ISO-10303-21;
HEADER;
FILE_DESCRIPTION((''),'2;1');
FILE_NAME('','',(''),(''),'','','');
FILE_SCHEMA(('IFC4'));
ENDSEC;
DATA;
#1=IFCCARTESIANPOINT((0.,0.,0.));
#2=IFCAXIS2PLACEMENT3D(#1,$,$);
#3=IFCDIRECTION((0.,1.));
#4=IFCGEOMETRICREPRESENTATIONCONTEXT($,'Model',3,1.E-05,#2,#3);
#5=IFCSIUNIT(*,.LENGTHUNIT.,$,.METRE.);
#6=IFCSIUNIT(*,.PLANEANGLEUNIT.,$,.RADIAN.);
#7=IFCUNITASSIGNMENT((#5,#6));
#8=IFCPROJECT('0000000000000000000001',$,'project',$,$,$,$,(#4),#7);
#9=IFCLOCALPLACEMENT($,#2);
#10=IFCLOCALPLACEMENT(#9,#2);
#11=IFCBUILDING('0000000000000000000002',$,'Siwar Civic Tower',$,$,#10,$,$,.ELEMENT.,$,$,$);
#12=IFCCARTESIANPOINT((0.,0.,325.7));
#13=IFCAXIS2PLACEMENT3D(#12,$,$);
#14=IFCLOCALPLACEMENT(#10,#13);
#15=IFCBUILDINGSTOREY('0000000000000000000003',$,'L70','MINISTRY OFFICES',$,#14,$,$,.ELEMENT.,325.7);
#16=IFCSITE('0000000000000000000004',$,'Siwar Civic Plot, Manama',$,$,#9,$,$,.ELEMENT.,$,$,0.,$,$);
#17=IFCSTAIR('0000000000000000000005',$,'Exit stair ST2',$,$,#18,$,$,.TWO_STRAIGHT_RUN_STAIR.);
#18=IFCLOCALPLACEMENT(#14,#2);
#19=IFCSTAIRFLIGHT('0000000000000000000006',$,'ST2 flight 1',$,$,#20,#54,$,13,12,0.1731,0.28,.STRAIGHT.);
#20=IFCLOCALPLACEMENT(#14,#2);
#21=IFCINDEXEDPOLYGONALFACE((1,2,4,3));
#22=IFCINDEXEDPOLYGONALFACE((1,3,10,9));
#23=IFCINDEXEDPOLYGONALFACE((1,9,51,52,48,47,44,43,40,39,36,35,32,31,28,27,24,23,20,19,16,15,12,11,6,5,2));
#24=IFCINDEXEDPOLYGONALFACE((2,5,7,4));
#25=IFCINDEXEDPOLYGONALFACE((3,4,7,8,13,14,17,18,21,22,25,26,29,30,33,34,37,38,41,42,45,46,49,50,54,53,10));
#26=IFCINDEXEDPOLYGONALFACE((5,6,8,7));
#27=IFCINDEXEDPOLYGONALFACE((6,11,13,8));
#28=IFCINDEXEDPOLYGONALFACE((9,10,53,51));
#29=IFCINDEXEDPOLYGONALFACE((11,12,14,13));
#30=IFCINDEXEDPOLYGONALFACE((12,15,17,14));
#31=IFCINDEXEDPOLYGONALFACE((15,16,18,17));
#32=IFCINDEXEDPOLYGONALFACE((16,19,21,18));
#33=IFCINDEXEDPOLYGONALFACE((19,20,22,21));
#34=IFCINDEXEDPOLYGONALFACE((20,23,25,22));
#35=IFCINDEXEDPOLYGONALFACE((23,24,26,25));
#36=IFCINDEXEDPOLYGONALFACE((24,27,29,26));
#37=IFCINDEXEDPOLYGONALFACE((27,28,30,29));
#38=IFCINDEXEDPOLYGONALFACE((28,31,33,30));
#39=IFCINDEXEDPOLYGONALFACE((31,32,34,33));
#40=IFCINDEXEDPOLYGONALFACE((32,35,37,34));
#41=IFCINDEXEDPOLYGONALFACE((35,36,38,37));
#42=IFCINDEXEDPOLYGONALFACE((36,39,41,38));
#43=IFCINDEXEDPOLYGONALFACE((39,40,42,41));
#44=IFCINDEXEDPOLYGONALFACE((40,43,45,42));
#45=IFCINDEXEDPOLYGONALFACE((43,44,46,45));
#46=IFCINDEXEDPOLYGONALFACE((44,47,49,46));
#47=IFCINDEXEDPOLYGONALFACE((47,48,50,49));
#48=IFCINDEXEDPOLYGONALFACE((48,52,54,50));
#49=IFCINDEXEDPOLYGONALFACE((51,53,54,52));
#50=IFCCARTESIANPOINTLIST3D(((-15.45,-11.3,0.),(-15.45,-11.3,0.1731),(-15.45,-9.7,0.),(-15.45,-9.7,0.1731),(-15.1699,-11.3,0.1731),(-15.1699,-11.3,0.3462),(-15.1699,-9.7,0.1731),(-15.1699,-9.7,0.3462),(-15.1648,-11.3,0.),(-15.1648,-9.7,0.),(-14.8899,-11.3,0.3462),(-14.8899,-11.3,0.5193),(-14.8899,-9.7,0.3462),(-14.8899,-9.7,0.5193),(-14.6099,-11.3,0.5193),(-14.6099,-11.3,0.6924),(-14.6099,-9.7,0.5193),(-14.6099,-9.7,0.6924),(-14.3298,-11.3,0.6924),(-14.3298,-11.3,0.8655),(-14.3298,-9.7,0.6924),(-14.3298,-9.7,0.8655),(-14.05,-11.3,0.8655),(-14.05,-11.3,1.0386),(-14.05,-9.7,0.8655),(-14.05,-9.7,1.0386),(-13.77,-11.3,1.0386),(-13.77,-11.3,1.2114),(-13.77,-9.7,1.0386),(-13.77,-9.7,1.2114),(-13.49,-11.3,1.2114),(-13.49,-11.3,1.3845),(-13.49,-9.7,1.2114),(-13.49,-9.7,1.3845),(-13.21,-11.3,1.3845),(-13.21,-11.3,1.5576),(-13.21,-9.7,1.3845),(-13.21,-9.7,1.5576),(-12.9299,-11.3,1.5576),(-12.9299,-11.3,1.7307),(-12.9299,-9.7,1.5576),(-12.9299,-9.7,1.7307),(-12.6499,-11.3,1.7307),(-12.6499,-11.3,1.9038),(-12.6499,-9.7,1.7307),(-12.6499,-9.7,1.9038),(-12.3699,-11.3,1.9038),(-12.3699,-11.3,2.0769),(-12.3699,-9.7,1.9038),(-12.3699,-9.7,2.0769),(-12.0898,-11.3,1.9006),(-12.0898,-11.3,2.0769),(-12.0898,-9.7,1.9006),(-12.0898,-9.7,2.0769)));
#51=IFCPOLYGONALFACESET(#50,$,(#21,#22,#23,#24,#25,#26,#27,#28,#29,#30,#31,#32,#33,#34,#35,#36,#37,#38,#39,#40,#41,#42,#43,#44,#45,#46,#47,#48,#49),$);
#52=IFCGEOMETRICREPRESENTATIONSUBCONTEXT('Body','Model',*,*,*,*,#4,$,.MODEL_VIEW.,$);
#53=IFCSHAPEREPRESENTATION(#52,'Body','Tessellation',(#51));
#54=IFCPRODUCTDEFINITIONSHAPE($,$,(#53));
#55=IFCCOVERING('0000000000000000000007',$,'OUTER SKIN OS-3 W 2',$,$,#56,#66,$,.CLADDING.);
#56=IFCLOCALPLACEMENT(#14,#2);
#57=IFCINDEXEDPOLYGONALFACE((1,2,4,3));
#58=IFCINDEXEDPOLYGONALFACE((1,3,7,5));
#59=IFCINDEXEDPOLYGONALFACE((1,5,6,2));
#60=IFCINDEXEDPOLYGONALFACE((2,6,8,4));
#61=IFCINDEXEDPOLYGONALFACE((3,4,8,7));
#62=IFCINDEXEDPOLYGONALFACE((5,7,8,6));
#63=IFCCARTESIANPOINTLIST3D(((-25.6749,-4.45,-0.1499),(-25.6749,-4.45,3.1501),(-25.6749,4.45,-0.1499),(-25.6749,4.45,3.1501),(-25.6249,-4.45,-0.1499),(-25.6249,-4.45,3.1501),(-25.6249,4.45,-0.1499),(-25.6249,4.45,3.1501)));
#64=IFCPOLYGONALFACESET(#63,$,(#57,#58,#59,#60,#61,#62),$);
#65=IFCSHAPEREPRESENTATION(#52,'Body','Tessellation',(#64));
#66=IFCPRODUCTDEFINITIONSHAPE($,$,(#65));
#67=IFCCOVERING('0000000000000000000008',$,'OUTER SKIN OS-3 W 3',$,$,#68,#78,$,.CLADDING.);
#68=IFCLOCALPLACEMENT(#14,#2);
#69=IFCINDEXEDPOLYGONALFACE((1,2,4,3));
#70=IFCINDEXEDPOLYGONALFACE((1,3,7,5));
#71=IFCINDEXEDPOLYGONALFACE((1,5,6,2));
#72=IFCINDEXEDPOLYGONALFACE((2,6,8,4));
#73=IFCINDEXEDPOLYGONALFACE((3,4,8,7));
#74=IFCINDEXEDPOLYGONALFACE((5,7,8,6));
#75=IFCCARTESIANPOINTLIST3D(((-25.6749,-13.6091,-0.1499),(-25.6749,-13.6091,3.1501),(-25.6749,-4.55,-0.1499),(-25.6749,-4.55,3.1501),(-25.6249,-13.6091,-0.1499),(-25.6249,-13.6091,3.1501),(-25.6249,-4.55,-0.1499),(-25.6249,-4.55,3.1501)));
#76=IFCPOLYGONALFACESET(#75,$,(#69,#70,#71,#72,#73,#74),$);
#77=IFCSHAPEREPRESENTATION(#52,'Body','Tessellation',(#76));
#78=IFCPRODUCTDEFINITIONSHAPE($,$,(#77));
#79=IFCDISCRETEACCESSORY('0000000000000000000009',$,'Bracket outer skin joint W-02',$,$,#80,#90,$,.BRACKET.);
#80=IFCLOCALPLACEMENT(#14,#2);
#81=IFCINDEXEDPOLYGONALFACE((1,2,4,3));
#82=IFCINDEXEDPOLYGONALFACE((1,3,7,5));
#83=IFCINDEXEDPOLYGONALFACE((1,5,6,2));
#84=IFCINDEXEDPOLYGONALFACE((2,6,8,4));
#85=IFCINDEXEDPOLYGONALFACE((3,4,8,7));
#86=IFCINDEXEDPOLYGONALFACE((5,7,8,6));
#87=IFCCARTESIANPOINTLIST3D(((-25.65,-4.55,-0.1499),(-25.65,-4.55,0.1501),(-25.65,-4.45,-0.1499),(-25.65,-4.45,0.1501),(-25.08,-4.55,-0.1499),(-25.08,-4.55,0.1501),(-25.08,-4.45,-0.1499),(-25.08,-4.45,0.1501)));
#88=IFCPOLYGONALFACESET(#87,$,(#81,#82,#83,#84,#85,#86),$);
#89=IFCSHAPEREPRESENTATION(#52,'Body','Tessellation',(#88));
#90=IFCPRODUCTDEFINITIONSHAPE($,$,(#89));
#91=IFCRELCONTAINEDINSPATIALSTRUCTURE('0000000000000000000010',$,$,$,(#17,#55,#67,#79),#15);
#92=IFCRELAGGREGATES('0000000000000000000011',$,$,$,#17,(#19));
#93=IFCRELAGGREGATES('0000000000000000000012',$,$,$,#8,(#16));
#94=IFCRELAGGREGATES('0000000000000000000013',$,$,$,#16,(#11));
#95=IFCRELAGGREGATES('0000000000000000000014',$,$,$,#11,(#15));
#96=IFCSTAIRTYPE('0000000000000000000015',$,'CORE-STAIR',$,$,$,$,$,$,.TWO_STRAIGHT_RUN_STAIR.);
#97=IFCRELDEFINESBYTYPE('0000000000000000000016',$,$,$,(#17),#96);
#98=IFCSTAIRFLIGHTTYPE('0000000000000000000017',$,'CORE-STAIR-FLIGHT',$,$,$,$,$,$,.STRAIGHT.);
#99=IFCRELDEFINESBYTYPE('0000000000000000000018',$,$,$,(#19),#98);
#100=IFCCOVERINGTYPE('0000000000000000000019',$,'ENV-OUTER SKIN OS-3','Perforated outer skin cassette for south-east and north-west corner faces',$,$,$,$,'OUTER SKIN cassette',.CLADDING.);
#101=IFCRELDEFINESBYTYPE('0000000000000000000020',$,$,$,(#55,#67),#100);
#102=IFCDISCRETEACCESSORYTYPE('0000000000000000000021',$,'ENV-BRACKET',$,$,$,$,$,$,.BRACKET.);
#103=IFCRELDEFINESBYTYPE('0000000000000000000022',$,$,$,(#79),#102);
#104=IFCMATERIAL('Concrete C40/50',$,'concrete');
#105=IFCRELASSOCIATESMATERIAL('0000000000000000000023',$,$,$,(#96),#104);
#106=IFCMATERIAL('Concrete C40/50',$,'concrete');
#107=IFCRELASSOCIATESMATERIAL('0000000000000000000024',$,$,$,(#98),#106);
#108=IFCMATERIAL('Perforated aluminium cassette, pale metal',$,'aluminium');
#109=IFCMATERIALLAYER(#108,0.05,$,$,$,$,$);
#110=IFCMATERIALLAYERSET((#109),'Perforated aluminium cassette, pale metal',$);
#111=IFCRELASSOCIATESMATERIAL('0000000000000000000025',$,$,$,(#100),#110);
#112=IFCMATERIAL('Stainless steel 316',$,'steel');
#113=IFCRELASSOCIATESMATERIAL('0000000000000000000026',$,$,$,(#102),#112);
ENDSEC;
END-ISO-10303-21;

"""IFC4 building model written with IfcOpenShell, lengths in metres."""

from ifc_helpers import new_model, si_unit, direction, frame, origin, origin_2d, place, context, subcontext, project, spatial, polyline, rectangle, outline, extrude, material, layer, layer_set, type_object, element, aggregate, save


model = new_model("IFC4")

# Units and contexts
model_context = context("Model", 3, precision=1e-05, world=origin(), true_north=direction((0.0, 1.0)))
body_context = subcontext(model_context, "Body", "Model", "MODEL_VIEW")
ifc_project = project(units=[si_unit("LENGTHUNIT", "METRE"), si_unit("PLANEANGLEUNIT", "RADIAN")], contexts=[model_context])

# Site, building, storey
site_placement = place(None, origin())
site = spatial("IfcSite", under=ifc_project, at=site_placement, Name="Siwar Civic Plot, Manama", CompositionType="ELEMENT", RefElevation=0.0)
building_placement = place(site_placement, origin())
building = spatial("IfcBuilding", under=site, at=building_placement, Name="Siwar Civic Tower", CompositionType="ELEMENT")
storey_placement = place(building_placement, frame((0.0, 0.0, 325.7)))
storey = spatial("IfcBuildingStorey", under=building, at=storey_placement, Name="L70", Description="MINISTRY OFFICES", CompositionType="ELEMENT", Elevation=325.7)

# Stair, stair flight
ifc_material_1 = material(Name="Concrete C40/50", Category="concrete")
stair_type = type_object("IfcStairType", Name="CORE-STAIR", PredefinedType="TWO_STRAIGHT_RUN_STAIR", material=ifc_material_1)
stair_placement = place(storey_placement, origin())
stair = element("IfcStair", 1, at=stair_placement, inside=storey, type_object=stair_type, Name="Exit stair ST2", PredefinedType="TWO_STRAIGHT_RUN_STAIR")
ifc_material_2 = material(Name="Concrete C40/50", Category="concrete")
stair_flight_type = type_object("IfcStairFlightType", Name="CORE-STAIR-FLIGHT", PredefinedType="STRAIGHT", material=ifc_material_2)
stair_flight_placement = place(storey_placement, frame((-15.45, -10.5, 0.0), z_axis=(0.0, 0.0, 1.0), x_axis=(1.0, 0.0, 0.0)))
stair_flight = element("IfcStairFlight", 2, at=stair_flight_placement, type_object=stair_flight_type, Name="ST2 flight 1", NumberOfRisers=13, NumberOfTreads=12, PredefinedType="STRAIGHT", RiserHeight=0.1731, TreadLength=0.28, context=body_context, shape_type="SweptSolid", body=[
    extrude(outline(polyline([(0.0, 0.0), (0.0, 0.1731), (0.28, 0.1731), (0.28, 0.3462), (0.5601, 0.3462), (0.5601, 0.5193), (0.8401, 0.5193), (0.8401, 0.6924), (1.1201, 0.6924), (1.1201, 0.8655), (1.3999, 0.8655), (1.3999, 1.0386), (1.6799, 1.0386), (1.6799, 1.2114), (1.96, 1.2114), (1.96, 1.3845), (2.24, 1.3845), (2.24, 1.5576), (2.52, 1.5576), (2.52, 1.7307), (2.8, 1.7307), (2.8, 1.9038), (3.0801, 1.9038), (3.0801, 2.0769), (3.3601, 2.0769), (3.3601, 2.25), (3.3601, 1.9006), (0.2852, 0.0), (0.0, 0.0)])), frame((0.0, 0.8, 0.0), z_axis=(0.0, -1.0, 0.0), x_axis=(1.0, 0.0, 0.0)), (0.0, 0.0, 1.0), 1.6001),
])
aggregate(stair, [stair_flight])

# Coverings
ifc_material_3 = material(Name="Perforated aluminium cassette, pale metal", Category="aluminium")
ifc_layer_1 = layer(ifc_material_3, 0.05)
ifc_layer_set_1 = layer_set([ifc_layer_1], Name="Perforated aluminium cassette, pale metal")
covering_type = type_object("IfcCoveringType", Name="ENV-OUTER SKIN OS-3", Description="Perforated outer skin cassette for south-east and north-west corner faces", ElementType="OUTER SKIN cassette", PredefinedType="CLADDING", material=ifc_layer_set_1)
covering_1_placement = place(storey_placement, frame((-25.6499, 0.0, -0.1499), z_axis=(0.0, 0.0, 1.0), x_axis=(0.0, -1.0, 0.0)))
element("IfcCovering", 3, at=covering_1_placement, inside=storey, type_object=covering_type, Name="OUTER SKIN OS-3 W 2", PredefinedType="CLADDING", context=body_context, shape_type="SweptSolid", body=[
    extrude(rectangle(XDim=8.8999, YDim=0.05, at=origin_2d()), origin(), (0.0, 0.0, 1.0), 3.3),
])
covering_2_placement = place(storey_placement, frame((-25.6499, -9.0796, -0.1499), z_axis=(0.0, 0.0, 1.0), x_axis=(0.0, -1.0, 0.0)))
element("IfcCovering", 4, at=covering_2_placement, inside=storey, type_object=covering_type, Name="OUTER SKIN OS-3 W 3", PredefinedType="CLADDING", context=body_context, shape_type="SweptSolid", body=[
    extrude(rectangle(XDim=9.0591, YDim=0.05, at=origin_2d()), origin(), (0.0, 0.0, 1.0), 3.3),
])

# Discrete accessory
ifc_material_4 = material(Name="Stainless steel 316", Category="steel")
discrete_accessory_type = type_object("IfcDiscreteAccessoryType", Name="ENV-BRACKET", PredefinedType="BRACKET", material=ifc_material_4)
discrete_accessory_placement = place(storey_placement, frame((-25.365, -4.5, -0.1499), z_axis=(0.0, 0.0, 1.0), x_axis=(-1.0, 0.0, 0.0)))
element("IfcDiscreteAccessory", 5, at=discrete_accessory_placement, inside=storey, type_object=discrete_accessory_type, Name="Bracket outer skin joint W-02", PredefinedType="BRACKET", context=body_context, shape_type="SweptSolid", body=[
    extrude(rectangle(XDim=0.5701, YDim=0.1001, at=origin_2d()), origin(), (0.0, 0.0, 1.0), 0.3),
])

save(model, "model.ifc")
